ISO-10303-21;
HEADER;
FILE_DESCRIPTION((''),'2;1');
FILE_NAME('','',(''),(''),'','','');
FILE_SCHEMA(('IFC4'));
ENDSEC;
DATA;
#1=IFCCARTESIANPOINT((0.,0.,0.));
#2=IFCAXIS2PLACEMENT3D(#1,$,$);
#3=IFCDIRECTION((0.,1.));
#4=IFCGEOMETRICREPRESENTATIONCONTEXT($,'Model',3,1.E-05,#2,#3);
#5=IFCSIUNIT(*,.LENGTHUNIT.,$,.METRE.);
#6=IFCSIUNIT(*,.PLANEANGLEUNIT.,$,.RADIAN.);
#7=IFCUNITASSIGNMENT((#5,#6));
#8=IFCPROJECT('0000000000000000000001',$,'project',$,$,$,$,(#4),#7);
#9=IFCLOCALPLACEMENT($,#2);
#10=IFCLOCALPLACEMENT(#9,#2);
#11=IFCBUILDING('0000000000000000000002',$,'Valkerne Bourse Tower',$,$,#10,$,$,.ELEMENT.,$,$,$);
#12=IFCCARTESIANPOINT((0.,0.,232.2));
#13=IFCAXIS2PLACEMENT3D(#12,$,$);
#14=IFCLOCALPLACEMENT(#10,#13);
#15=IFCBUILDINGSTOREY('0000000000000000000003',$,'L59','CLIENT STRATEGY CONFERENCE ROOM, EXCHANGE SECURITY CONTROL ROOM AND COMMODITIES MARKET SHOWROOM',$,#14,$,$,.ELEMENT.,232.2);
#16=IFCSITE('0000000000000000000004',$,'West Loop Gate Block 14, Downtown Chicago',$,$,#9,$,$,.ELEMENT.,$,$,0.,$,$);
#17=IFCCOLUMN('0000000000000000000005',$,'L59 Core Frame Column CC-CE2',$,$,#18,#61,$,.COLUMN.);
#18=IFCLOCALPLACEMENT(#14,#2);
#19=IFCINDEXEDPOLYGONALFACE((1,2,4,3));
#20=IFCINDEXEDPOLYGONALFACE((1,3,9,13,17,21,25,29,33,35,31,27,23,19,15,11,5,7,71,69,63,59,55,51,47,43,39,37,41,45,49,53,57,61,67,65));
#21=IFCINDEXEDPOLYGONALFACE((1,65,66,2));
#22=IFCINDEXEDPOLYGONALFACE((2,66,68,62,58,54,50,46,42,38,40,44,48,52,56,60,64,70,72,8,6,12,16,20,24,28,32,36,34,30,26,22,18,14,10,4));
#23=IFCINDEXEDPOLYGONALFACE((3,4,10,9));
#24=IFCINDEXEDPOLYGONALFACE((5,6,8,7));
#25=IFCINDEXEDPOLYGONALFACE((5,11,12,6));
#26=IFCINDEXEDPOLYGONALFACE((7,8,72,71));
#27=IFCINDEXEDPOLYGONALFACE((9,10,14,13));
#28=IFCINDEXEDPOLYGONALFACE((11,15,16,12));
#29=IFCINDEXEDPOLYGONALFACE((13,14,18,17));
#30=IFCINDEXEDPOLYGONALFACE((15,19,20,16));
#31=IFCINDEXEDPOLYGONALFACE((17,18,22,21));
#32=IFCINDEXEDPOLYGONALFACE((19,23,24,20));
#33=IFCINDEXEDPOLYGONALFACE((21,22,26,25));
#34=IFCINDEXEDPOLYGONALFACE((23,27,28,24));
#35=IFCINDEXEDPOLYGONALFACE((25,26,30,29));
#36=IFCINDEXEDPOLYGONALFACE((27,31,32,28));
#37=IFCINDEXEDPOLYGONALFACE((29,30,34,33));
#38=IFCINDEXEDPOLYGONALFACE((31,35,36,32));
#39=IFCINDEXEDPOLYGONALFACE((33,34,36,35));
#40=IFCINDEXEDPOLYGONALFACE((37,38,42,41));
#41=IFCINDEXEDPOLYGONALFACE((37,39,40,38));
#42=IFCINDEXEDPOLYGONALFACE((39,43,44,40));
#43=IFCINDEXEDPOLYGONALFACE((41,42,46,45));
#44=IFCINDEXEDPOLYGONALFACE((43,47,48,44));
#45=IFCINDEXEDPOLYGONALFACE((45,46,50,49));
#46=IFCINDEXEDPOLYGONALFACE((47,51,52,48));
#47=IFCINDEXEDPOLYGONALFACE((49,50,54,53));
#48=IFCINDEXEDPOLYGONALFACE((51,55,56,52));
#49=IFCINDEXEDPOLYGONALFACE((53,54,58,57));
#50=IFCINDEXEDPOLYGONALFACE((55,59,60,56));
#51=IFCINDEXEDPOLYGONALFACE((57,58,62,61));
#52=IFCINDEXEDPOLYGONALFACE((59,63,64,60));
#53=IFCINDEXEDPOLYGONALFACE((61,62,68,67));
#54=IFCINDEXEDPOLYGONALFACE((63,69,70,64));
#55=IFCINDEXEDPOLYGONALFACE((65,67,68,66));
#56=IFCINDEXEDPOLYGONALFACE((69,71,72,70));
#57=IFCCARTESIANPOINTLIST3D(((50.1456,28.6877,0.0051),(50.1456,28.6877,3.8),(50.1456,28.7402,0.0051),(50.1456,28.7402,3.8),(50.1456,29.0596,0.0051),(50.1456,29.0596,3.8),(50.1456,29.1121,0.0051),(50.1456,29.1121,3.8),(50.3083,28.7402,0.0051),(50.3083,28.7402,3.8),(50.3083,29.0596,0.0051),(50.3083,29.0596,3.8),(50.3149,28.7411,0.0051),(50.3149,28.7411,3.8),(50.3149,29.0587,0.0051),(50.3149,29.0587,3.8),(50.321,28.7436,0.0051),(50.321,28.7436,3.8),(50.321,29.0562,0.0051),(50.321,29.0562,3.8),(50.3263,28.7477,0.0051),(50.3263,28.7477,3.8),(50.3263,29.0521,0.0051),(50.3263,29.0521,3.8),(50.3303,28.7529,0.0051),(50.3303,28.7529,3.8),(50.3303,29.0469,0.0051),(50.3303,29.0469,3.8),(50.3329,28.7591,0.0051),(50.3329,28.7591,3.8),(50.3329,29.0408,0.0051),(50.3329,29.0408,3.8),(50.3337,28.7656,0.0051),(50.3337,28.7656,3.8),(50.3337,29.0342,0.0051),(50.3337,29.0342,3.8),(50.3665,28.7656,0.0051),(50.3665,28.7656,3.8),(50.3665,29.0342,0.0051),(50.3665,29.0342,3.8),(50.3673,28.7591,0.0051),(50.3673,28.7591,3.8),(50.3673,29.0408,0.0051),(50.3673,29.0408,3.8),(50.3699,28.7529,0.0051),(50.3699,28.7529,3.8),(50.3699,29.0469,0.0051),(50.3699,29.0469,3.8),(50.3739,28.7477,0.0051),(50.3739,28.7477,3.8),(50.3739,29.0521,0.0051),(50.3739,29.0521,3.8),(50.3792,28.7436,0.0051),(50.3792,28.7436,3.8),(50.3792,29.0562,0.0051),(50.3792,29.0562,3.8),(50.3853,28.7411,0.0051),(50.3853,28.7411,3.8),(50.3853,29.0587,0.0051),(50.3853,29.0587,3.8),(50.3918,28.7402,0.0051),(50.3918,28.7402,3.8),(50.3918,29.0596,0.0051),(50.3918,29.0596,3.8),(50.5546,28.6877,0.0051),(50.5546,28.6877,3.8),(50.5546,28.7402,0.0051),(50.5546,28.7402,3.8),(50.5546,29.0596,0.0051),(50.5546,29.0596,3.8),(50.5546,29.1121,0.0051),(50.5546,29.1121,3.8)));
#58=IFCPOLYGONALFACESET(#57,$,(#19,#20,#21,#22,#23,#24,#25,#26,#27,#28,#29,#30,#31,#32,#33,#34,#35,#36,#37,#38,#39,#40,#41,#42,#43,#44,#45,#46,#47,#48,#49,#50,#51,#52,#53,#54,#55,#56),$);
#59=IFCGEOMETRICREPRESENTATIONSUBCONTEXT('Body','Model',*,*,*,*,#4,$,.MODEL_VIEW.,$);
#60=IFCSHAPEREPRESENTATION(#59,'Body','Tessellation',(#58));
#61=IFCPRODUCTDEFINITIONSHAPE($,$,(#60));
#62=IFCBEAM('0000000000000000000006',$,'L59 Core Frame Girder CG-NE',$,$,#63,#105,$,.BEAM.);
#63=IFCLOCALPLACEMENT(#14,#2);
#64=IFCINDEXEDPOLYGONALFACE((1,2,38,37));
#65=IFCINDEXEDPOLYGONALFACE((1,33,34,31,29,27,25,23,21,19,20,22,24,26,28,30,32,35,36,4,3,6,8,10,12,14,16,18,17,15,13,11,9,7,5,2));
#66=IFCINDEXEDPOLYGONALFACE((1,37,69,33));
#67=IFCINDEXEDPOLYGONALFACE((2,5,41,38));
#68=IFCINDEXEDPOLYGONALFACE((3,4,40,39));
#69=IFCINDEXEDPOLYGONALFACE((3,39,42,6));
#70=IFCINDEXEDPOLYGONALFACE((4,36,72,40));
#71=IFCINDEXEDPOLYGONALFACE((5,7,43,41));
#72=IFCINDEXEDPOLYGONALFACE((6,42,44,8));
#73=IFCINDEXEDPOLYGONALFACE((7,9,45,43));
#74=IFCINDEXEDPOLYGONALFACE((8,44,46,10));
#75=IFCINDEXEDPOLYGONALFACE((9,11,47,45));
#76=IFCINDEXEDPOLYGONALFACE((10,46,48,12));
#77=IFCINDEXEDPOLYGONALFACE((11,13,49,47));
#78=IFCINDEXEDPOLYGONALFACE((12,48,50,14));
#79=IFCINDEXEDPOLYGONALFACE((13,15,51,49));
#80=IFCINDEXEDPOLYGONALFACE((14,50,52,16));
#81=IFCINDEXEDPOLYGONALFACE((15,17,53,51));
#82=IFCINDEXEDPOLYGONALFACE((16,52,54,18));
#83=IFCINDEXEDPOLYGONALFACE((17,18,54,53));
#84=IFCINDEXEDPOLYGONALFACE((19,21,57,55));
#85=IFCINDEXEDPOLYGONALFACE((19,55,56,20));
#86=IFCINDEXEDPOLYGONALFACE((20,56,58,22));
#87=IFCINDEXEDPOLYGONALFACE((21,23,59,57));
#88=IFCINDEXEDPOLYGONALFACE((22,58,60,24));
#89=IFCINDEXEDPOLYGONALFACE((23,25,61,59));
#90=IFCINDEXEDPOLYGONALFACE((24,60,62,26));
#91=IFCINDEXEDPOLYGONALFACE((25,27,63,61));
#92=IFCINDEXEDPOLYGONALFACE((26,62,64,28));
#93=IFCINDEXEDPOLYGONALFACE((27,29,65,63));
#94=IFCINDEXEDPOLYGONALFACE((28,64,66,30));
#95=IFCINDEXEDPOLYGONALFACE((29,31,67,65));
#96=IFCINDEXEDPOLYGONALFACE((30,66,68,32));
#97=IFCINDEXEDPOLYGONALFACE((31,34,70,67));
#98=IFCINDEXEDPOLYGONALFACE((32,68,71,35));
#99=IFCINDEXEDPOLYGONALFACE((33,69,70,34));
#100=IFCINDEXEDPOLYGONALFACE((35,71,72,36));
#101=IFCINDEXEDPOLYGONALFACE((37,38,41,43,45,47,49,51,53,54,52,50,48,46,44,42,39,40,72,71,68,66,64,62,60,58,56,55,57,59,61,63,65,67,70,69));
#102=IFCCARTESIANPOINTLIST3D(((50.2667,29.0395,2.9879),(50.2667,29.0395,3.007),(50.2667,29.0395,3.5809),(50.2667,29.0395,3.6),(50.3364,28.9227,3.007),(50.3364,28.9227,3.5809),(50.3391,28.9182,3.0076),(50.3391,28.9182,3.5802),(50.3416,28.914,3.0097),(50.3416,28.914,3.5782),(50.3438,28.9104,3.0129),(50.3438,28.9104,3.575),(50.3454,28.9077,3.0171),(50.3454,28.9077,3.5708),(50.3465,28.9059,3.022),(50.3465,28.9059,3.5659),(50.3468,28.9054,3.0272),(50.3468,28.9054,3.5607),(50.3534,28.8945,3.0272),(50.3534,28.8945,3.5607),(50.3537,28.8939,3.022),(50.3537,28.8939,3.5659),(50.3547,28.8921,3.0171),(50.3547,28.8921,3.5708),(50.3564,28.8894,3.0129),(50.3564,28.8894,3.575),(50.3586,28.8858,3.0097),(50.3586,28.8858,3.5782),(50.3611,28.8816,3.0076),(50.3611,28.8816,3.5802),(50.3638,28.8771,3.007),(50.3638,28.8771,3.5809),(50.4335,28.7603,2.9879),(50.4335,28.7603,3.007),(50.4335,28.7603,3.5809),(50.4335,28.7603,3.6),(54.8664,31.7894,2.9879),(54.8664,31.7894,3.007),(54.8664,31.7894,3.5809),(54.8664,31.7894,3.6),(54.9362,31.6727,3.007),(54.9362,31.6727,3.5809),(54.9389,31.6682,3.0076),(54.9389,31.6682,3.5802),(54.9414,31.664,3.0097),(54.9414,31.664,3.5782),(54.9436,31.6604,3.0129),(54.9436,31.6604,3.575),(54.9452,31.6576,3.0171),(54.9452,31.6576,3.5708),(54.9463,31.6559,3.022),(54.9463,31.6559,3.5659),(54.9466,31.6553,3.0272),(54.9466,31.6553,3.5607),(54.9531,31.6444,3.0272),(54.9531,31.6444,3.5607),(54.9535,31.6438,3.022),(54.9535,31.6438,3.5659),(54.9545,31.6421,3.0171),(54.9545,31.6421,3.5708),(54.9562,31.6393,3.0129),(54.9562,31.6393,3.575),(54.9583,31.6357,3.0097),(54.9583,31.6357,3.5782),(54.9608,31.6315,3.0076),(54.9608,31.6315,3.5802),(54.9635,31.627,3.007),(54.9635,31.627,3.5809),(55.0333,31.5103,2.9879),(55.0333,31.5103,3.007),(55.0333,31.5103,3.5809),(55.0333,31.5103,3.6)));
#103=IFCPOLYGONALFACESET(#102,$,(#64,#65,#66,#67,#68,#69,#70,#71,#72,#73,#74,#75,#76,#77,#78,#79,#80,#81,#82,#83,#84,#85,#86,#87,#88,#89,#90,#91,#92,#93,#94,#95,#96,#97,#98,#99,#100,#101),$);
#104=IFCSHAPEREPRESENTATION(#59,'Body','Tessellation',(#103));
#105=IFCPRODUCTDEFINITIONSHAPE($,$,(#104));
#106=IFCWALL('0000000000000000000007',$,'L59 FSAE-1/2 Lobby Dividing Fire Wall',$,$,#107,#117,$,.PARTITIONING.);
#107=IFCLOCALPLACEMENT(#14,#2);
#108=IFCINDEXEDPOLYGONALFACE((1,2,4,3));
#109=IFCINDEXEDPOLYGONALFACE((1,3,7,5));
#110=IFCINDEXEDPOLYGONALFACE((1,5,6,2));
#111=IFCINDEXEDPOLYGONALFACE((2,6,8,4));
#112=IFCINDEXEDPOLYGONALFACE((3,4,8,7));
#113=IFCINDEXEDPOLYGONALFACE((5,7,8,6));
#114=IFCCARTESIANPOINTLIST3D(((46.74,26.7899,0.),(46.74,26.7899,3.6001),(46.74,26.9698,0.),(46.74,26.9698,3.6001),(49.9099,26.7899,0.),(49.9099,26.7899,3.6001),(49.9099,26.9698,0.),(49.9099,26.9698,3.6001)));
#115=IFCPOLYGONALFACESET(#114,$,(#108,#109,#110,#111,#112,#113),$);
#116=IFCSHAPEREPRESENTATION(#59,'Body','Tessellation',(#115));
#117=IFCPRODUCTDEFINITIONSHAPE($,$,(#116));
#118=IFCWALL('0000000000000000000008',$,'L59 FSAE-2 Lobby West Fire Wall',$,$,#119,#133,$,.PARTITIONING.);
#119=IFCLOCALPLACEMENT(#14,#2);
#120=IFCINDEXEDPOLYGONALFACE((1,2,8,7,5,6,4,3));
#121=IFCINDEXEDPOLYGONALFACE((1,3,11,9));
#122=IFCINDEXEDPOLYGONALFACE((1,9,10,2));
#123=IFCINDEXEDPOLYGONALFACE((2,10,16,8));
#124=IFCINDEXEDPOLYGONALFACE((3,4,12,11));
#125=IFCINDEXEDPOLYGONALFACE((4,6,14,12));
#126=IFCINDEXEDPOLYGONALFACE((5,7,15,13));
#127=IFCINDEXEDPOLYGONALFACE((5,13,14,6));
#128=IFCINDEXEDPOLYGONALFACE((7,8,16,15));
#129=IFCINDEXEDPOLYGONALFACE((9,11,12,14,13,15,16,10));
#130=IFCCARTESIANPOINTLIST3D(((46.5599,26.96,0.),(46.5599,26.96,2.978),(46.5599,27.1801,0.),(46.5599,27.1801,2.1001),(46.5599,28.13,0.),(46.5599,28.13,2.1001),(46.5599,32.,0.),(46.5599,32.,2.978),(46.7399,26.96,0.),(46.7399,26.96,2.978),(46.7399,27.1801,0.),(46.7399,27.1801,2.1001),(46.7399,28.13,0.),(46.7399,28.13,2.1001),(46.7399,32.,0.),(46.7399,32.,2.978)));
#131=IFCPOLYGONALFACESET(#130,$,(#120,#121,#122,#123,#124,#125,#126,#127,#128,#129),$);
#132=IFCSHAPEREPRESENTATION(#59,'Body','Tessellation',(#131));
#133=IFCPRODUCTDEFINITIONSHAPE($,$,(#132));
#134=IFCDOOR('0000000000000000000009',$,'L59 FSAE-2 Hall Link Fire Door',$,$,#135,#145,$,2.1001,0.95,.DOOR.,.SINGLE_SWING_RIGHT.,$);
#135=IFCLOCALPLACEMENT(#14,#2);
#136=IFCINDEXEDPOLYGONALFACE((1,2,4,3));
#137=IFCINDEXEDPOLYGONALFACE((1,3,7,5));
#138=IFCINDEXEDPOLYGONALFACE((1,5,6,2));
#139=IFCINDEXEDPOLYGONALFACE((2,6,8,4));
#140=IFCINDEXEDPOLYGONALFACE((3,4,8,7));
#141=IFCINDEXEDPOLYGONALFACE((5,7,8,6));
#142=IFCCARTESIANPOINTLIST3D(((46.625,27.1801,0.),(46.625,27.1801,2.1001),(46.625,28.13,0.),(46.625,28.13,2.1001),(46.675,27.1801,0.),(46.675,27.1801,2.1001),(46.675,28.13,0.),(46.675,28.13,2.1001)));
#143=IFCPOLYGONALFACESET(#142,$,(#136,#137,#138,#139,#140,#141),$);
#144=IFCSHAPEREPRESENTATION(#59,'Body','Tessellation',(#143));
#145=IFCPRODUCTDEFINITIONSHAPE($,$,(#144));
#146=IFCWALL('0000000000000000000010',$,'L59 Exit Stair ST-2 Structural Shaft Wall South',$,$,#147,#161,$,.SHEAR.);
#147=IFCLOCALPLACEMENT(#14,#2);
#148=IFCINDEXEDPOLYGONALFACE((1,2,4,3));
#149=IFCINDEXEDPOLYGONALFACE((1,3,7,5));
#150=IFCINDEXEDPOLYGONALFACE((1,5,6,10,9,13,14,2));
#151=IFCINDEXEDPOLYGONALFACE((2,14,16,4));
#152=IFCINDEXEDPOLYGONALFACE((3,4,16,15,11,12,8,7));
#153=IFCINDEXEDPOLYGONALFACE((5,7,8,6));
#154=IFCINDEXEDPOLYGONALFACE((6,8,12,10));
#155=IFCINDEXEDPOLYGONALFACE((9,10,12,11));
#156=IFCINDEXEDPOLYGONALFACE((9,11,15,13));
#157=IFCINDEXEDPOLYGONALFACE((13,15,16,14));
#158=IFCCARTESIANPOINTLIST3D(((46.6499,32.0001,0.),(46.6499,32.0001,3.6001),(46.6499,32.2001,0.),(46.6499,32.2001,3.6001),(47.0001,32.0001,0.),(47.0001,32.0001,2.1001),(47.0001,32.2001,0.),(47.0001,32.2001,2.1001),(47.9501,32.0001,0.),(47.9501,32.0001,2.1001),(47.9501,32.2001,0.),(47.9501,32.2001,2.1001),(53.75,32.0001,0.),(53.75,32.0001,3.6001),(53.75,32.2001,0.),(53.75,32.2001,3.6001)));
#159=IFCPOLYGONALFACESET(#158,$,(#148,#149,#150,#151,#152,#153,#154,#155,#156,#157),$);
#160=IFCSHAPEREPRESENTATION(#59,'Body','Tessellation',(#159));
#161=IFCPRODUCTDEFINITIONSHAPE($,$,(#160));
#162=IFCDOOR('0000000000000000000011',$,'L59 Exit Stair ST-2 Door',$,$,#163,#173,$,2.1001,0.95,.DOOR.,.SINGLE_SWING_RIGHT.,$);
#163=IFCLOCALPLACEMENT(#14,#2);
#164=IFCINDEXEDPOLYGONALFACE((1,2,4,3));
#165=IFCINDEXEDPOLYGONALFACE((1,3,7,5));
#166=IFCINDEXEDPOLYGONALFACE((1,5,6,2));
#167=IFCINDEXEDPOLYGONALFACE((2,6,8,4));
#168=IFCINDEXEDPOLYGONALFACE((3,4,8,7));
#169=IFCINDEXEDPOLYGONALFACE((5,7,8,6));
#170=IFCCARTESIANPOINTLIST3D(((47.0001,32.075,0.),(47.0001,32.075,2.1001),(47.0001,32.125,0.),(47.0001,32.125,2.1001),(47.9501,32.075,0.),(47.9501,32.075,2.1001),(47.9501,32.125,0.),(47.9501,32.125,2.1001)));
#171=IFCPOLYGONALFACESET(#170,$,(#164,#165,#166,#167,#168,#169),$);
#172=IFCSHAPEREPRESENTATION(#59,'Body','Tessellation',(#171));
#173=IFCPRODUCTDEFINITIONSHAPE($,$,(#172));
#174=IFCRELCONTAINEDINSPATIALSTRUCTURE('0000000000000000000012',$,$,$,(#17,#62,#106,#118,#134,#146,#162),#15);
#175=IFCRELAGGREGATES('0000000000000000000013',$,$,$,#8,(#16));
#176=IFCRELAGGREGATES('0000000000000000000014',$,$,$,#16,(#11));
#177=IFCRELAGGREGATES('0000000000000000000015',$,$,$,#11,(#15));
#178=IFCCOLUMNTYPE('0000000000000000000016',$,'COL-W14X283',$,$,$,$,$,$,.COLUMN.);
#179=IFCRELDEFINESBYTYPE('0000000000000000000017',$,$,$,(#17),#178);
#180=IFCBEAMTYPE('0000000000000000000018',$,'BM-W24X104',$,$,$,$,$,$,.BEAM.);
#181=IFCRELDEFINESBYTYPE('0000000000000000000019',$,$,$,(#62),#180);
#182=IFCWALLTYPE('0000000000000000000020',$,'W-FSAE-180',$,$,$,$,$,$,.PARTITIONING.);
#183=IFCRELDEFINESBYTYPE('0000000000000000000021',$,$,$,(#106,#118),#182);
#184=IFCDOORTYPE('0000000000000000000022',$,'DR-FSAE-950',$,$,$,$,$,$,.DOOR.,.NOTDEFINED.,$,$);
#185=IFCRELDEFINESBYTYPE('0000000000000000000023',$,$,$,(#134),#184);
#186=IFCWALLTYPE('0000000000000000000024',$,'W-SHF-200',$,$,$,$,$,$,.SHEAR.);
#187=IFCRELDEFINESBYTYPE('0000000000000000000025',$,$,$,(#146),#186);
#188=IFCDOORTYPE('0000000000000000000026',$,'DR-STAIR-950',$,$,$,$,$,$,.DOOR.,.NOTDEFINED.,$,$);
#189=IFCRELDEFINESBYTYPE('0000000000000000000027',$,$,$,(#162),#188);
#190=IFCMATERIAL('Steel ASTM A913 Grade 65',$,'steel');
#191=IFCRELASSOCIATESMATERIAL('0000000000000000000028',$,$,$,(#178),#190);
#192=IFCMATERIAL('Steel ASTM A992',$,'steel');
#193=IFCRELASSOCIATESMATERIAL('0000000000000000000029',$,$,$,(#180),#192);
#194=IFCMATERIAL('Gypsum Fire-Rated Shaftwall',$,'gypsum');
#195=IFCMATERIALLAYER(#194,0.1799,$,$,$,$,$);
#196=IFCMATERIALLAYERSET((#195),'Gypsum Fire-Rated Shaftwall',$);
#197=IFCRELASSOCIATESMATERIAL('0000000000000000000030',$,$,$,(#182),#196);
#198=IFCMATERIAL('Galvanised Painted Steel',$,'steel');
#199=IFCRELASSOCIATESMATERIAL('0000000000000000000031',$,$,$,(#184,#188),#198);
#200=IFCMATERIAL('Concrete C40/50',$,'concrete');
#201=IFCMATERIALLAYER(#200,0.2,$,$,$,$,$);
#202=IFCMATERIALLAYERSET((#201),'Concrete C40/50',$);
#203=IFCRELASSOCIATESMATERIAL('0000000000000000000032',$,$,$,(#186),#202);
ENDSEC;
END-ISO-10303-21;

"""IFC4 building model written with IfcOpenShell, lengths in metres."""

from ifc_helpers import new_model, si_unit, direction, frame, frame_2d, origin, origin_2d, place, context, subcontext, project, spatial, rectangle, i_section, extrude, material, layer, layer_set, material_profile, profile_set, type_object, element, fill, save


model = new_model("IFC4")

# Units and contexts
model_context = context("Model", 3, precision=1e-05, world=origin(), true_north=direction((0.0, 1.0)))
body_context = subcontext(model_context, "Body", "Model", "MODEL_VIEW")
ifc_project = project(units=[si_unit("LENGTHUNIT", "METRE"), si_unit("PLANEANGLEUNIT", "RADIAN")], contexts=[model_context])

# Site, building, storey
site_placement = place(None, origin())
site = spatial("IfcSite", under=ifc_project, at=site_placement, Name="West Loop Gate Block 14, Downtown Chicago", CompositionType="ELEMENT", RefElevation=0.0)
building_placement = place(site_placement, origin())
building = spatial("IfcBuilding", under=site, at=building_placement, Name="Valkerne Bourse Tower", CompositionType="ELEMENT")
storey_placement = place(building_placement, frame((0.0, 0.0, 232.2)))
storey = spatial("IfcBuildingStorey", under=building, at=storey_placement, Name="L59", Description="CLIENT STRATEGY CONFERENCE ROOM, EXCHANGE SECURITY CONTROL ROOM AND COMMODITIES MARKET SHOWROOM", CompositionType="ELEMENT", Elevation=232.2)

# Column
ifc_material_1 = material(Name="Steel ASTM A913 Grade 65", Category="steel")
ifc_material_profile_1 = material_profile(ifc_material_1, i_section(OverallWidth=0.4089, OverallDepth=0.4243, WebThickness=0.0327, FlangeThickness=0.0525, FilletRadius=0.0254, at=origin_2d()), Name="W14X283")
ifc_profile_set_1 = profile_set([ifc_material_profile_1], Name="Steel ASTM A913 Grade 65")
column_type = type_object("IfcColumnType", Name="COL-W14X283", PredefinedType="COLUMN", material=ifc_profile_set_1)
column_placement = place(storey_placement, frame((50.3501, 28.8999, 0.0051), z_axis=(0.0, 0.0, 1.0), x_axis=(1.0, 0.0, 0.0)))
element("IfcColumn", 1, at=column_placement, inside=storey, type_object=column_type, Name="L59 Core Frame Column CC-CE2", PredefinedType="COLUMN", context=body_context, shape_type="SweptSolid", body=[
    extrude(i_section(OverallWidth=0.4089, OverallDepth=0.4243, WebThickness=0.0327, FlangeThickness=0.0525, FilletRadius=0.0254, at=origin_2d()), origin(), (0.0, 0.0, 1.0), 3.7949),
])

# Beam
ifc_material_2 = material(Name="Steel ASTM A992", Category="steel")
ifc_material_profile_2 = material_profile(ifc_material_2, i_section(OverallWidth=0.3252, OverallDepth=0.6121, WebThickness=0.0127, FlangeThickness=0.019, FilletRadius=0.0203, at=origin_2d()), Name="W24X104")
ifc_profile_set_2 = profile_set([ifc_material_profile_2], Name="Steel ASTM A992")
beam_type = type_object("IfcBeamType", Name="BM-W24X104", PredefinedType="BEAM", material=ifc_profile_set_2)
beam_placement = place(storey_placement, frame((50.3501, 28.8999, 3.2939), z_axis=(0.858308, 0.513135, 0.0), x_axis=(-0.513135, 0.858308, 0.0)))
element("IfcBeam", 2, at=beam_placement, inside=storey, type_object=beam_type, Name="L59 Core Frame Girder CG-NE", PredefinedType="BEAM", context=body_context, shape_type="SweptSolid", body=[
    extrude(i_section(OverallWidth=0.3252, OverallDepth=0.6121, WebThickness=0.0127, FlangeThickness=0.019, FilletRadius=0.0203, at=origin_2d()), origin(), (0.0, 0.0, 1.0), 5.3591),
])

# Wall
ifc_material_3 = material(Name="Gypsum Fire-Rated Shaftwall", Category="gypsum")
ifc_layer_1 = layer(ifc_material_3, 0.1799)
ifc_layer_set_1 = layer_set([ifc_layer_1], Name="Gypsum Fire-Rated Shaftwall")
wall_type_1 = type_object("IfcWallType", Name="W-FSAE-180", PredefinedType="PARTITIONING", material=ifc_layer_set_1)
wall_1_placement = place(storey_placement, frame((46.74, 26.8799, 0.0), z_axis=(0.0, 0.0, 1.0), x_axis=(1.0, 0.0, 0.0)))
element("IfcWall", 3, at=wall_1_placement, inside=storey, type_object=wall_type_1, Name="L59 FSAE-1/2 Lobby Dividing Fire Wall", PredefinedType="PARTITIONING", context=body_context, shape_type="SweptSolid", body=[
    extrude(rectangle(XDim=3.1699, YDim=0.1799, at=frame_2d((1.585, 0.0))), origin(), (0.0, 0.0, 1.0), 3.6001),
])

# Wall, opening, door
wall_2_placement = place(storey_placement, frame((46.6499, 26.96, 0.0), z_axis=(0.0, 0.0, 1.0), x_axis=(0.0, 1.0, 0.0)))
wall_2 = element("IfcWall", 4, at=wall_2_placement, inside=storey, type_object=wall_type_1, Name="L59 FSAE-2 Lobby West Fire Wall", PredefinedType="PARTITIONING", context=body_context, shape_type="SweptSolid", body=[
    extrude(rectangle(XDim=5.04, YDim=0.1799, at=frame_2d((2.52, 0.0))), origin(), (0.0, 0.0, 1.0), 2.978),
])
opening_1_placement = place(wall_2_placement, frame((0.22, 0.0, 0.0)))
opening_1 = element("IfcOpeningElement", 5, at=opening_1_placement, cuts=wall_2, PredefinedType="OPENING", context=body_context, shape_type="SweptSolid", body=[
    extrude(rectangle(XDim=0.95, YDim=2.1001, at=frame_2d((0.4751, 1.05))), frame((0.0, 0.0999, 0.0), z_axis=(0.0, -1.0, 0.0), x_axis=(1.0, 0.0, 0.0)), (0.0, 0.0, 1.0), 0.2),
])
ifc_material_4 = material(Name="Galvanised Painted Steel", Category="steel")
door_type_1 = type_object("IfcDoorType", Name="DR-FSAE-950", OperationType="NOTDEFINED", PredefinedType="DOOR", material=ifc_material_4)
door_1_placement = place(opening_1_placement, origin())
door_1 = element("IfcDoor", 6, at=door_1_placement, inside=storey, type_object=door_type_1, Name="L59 FSAE-2 Hall Link Fire Door", OperationType="SINGLE_SWING_RIGHT", OverallHeight=2.1001, OverallWidth=0.95, PredefinedType="DOOR", context=body_context, shape_type="SweptSolid", body=[
    extrude(rectangle(XDim=0.95, YDim=2.1001, at=frame_2d((0.4751, 1.05))), frame((0.0, 0.0249, 0.0), z_axis=(0.0, -1.0, 0.0), x_axis=(1.0, 0.0, 0.0)), (0.0, 0.0, 1.0), 0.05),
])
fill(opening_1, door_1)

# Wall, opening, door
ifc_material_5 = material(Name="Concrete C40/50", Category="concrete")
ifc_layer_2 = layer(ifc_material_5, 0.2)
ifc_layer_set_2 = layer_set([ifc_layer_2], Name="Concrete C40/50")
wall_type_2 = type_object("IfcWallType", Name="W-SHF-200", PredefinedType="SHEAR", material=ifc_layer_set_2)
wall_3_placement = place(storey_placement, frame((46.6499, 32.1001, 0.0), z_axis=(0.0, 0.0, 1.0), x_axis=(1.0, 0.0, 0.0)))
wall_3 = element("IfcWall", 7, at=wall_3_placement, inside=storey, type_object=wall_type_2, Name="L59 Exit Stair ST-2 Structural Shaft Wall South", PredefinedType="SHEAR", context=body_context, shape_type="SweptSolid", body=[
    extrude(rectangle(XDim=7.1001, YDim=0.2, at=frame_2d((3.55, 0.0))), origin(), (0.0, 0.0, 1.0), 3.6001),
])
opening_2_placement = place(wall_3_placement, frame((0.3501, 0.0, 0.0)))
opening_2 = element("IfcOpeningElement", 8, at=opening_2_placement, cuts=wall_3, PredefinedType="OPENING", context=body_context, shape_type="SweptSolid", body=[
    extrude(rectangle(XDim=0.95, YDim=2.1001, at=frame_2d((0.4751, 1.05))), frame((0.0, 0.1099, 0.0), z_axis=(0.0, -1.0, 0.0), x_axis=(1.0, 0.0, 0.0)), (0.0, 0.0, 1.0), 0.22),
])
door_type_2 = type_object("IfcDoorType", Name="DR-STAIR-950", OperationType="NOTDEFINED", PredefinedType="DOOR", material=ifc_material_4)
door_2_placement = place(opening_2_placement, origin())
door_2 = element("IfcDoor", 9, at=door_2_placement, inside=storey, type_object=door_type_2, Name="L59 Exit Stair ST-2 Door", OperationType="SINGLE_SWING_RIGHT", OverallHeight=2.1001, OverallWidth=0.95, PredefinedType="DOOR", context=body_context, shape_type="SweptSolid", body=[
    extrude(rectangle(XDim=0.95, YDim=2.1001, at=frame_2d((0.4751, 1.05))), frame((0.0, 0.0249, 0.0), z_axis=(0.0, -1.0, 0.0), x_axis=(1.0, 0.0, 0.0)), (0.0, 0.0, 1.0), 0.05),
])
fill(opening_2, door_2)

save(model, "model.ifc")
